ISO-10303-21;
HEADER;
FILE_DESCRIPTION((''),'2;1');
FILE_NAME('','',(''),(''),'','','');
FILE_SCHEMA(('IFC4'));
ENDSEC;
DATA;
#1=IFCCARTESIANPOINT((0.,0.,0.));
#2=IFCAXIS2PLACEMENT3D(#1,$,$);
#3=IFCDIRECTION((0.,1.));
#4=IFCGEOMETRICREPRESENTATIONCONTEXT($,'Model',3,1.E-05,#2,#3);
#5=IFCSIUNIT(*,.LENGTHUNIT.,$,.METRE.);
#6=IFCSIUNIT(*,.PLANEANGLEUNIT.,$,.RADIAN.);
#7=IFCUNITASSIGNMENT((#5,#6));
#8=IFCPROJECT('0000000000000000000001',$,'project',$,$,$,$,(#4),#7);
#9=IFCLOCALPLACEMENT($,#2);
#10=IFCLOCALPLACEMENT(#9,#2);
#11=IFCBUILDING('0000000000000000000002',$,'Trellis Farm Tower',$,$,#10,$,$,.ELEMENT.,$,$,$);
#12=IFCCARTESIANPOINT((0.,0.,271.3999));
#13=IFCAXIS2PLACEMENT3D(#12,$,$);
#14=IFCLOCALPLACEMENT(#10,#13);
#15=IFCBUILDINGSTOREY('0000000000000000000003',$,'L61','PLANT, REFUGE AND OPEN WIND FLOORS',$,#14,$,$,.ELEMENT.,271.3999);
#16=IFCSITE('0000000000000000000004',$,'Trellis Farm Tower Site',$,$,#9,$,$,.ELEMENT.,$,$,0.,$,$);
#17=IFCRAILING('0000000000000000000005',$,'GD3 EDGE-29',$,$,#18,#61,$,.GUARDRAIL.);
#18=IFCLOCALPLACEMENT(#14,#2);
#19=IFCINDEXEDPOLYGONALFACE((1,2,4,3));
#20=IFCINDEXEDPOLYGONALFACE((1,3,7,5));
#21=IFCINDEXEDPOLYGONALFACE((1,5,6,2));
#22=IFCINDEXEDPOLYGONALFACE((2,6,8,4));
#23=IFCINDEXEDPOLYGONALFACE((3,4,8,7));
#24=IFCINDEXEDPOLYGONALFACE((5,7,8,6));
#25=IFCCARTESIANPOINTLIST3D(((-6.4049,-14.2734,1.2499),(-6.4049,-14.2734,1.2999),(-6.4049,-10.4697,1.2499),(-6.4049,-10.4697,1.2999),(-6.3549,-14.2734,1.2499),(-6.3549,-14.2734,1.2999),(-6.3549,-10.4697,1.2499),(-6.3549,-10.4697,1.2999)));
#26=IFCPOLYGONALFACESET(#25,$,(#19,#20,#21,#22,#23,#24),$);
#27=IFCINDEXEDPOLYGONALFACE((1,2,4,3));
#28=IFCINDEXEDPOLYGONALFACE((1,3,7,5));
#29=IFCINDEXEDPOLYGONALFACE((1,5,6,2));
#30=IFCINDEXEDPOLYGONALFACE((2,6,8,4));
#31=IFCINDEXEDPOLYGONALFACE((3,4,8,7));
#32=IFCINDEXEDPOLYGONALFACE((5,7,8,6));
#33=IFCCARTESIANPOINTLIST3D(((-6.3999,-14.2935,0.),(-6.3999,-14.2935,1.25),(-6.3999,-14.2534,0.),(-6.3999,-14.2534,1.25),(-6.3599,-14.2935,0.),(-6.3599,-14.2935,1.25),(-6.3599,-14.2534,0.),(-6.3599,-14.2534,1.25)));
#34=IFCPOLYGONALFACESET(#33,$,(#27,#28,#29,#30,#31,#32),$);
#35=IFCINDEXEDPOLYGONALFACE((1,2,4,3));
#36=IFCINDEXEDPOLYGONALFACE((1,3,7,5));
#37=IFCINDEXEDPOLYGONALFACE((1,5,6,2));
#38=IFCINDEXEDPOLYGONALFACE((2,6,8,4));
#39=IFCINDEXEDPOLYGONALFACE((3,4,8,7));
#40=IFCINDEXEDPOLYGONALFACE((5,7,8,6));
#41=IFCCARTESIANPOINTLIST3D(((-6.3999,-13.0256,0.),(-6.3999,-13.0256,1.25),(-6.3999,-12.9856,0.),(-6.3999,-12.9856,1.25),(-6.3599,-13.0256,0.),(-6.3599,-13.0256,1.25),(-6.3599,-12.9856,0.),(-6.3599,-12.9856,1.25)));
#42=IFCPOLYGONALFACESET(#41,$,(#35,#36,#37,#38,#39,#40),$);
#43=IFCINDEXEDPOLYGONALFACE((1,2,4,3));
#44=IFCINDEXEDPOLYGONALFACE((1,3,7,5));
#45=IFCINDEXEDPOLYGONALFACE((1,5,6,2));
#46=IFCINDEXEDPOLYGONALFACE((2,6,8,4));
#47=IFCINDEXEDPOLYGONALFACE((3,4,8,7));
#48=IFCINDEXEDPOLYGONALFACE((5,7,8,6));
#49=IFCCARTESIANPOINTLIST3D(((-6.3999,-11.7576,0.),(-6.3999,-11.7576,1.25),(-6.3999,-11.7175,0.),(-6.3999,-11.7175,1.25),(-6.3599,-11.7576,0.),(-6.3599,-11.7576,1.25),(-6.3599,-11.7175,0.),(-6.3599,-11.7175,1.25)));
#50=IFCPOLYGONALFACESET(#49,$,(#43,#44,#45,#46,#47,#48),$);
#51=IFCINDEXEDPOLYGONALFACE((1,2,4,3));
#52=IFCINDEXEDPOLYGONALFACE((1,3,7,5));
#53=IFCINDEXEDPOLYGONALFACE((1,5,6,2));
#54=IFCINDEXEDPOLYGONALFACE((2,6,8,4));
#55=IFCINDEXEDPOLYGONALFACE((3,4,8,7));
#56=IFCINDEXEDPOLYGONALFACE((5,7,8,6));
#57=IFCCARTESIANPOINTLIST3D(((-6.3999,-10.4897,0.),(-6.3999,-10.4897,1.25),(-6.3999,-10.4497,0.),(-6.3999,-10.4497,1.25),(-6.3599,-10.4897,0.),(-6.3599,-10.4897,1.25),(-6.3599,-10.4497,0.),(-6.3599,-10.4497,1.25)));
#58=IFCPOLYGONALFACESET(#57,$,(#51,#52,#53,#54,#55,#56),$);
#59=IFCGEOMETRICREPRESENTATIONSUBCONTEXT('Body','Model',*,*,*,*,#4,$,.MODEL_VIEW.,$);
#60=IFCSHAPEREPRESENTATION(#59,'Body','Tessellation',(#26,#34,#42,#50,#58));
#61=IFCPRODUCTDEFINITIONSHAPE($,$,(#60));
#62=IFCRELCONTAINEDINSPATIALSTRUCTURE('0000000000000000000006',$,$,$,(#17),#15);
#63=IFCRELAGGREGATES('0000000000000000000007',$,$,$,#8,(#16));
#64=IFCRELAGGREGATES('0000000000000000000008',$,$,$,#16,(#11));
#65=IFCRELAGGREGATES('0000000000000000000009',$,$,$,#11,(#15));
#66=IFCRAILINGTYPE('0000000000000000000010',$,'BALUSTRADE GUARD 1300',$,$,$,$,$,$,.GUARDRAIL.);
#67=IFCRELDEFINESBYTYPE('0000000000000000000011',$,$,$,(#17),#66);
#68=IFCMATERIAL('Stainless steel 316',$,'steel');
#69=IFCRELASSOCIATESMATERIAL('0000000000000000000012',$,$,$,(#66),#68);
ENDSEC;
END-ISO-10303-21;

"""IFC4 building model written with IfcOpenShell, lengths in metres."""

from ifc_helpers import new_model, si_unit, direction, frame, origin, origin_2d, place, context, subcontext, project, spatial, rectangle, extrude, source, transform, mapped, material, type_object, element, save


model = new_model("IFC4")

# Units and contexts
model_context = context("Model", 3, precision=1e-05, world=origin(), true_north=direction((0.0, 1.0)))
body_context = subcontext(model_context, "Body", "Model", "MODEL_VIEW")
ifc_project = project(units=[si_unit("LENGTHUNIT", "METRE"), si_unit("PLANEANGLEUNIT", "RADIAN")], contexts=[model_context])

# Site, building, storey
site_placement = place(None, origin())
site = spatial("IfcSite", under=ifc_project, at=site_placement, Name="Trellis Farm Tower Site", CompositionType="ELEMENT", RefElevation=0.0)
building_placement = place(site_placement, origin())
building = spatial("IfcBuilding", under=site, at=building_placement, Name="Trellis Farm Tower", CompositionType="ELEMENT")
storey_placement = place(building_placement, frame((0.0, 0.0, 271.3999)))
storey = spatial("IfcBuildingStorey", under=building, at=storey_placement, Name="L61", Description="PLANT, REFUGE AND OPEN WIND FLOORS", CompositionType="ELEMENT", Elevation=271.3999)

# Railing
ifc_material_1 = material(Name="Stainless steel 316", Category="steel")
railing_type_1 = type_object("IfcRailingType", Name="BALUSTRADE GUARD 1300", PredefinedType="GUARDRAIL", material=ifc_material_1)
shared_shape_1 = source(origin(), body_context, "Body", "SweptSolid", [
    extrude(rectangle(XDim=0.05, YDim=0.05, at=origin_2d()), frame((0.0, 0.0, 1.2749), z_axis=(0.0, 1.0, 0.0), x_axis=(-1.0, 0.0, 0.0)), (0.0, 0.0, 1.0), 3.8037),
    extrude(rectangle(XDim=0.04, YDim=0.04, at=origin_2d()), origin(), (0.0, 0.0, 1.0), 1.25),
    extrude(rectangle(XDim=0.04, YDim=0.04, at=origin_2d()), frame((0.0, 1.2678, 0.0)), (0.0, 0.0, 1.0), 1.25),
    extrude(rectangle(XDim=0.04, YDim=0.04, at=origin_2d()), frame((0.0, 2.5359, 0.0)), (0.0, 0.0, 1.0), 1.25),
    extrude(rectangle(XDim=0.04, YDim=0.04, at=origin_2d()), frame((0.0, 3.8037, 0.0)), (0.0, 0.0, 1.0), 1.25),
])
for number, where, name in (
    (1, (-6.3799, -14.2734, 0.0), "GD3 EDGE-29"),
):
    element("IfcRailing", number, at=place(storey_placement, frame(where)), inside=storey, type_object=railing_type_1, Name=name, PredefinedType="GUARDRAIL", context=body_context, shape_type="MappedRepresentation", body=[
        mapped(shared_shape_1, transform((0.0, 0.0, 0.0))),
    ])

save(model, "model.ifc")
